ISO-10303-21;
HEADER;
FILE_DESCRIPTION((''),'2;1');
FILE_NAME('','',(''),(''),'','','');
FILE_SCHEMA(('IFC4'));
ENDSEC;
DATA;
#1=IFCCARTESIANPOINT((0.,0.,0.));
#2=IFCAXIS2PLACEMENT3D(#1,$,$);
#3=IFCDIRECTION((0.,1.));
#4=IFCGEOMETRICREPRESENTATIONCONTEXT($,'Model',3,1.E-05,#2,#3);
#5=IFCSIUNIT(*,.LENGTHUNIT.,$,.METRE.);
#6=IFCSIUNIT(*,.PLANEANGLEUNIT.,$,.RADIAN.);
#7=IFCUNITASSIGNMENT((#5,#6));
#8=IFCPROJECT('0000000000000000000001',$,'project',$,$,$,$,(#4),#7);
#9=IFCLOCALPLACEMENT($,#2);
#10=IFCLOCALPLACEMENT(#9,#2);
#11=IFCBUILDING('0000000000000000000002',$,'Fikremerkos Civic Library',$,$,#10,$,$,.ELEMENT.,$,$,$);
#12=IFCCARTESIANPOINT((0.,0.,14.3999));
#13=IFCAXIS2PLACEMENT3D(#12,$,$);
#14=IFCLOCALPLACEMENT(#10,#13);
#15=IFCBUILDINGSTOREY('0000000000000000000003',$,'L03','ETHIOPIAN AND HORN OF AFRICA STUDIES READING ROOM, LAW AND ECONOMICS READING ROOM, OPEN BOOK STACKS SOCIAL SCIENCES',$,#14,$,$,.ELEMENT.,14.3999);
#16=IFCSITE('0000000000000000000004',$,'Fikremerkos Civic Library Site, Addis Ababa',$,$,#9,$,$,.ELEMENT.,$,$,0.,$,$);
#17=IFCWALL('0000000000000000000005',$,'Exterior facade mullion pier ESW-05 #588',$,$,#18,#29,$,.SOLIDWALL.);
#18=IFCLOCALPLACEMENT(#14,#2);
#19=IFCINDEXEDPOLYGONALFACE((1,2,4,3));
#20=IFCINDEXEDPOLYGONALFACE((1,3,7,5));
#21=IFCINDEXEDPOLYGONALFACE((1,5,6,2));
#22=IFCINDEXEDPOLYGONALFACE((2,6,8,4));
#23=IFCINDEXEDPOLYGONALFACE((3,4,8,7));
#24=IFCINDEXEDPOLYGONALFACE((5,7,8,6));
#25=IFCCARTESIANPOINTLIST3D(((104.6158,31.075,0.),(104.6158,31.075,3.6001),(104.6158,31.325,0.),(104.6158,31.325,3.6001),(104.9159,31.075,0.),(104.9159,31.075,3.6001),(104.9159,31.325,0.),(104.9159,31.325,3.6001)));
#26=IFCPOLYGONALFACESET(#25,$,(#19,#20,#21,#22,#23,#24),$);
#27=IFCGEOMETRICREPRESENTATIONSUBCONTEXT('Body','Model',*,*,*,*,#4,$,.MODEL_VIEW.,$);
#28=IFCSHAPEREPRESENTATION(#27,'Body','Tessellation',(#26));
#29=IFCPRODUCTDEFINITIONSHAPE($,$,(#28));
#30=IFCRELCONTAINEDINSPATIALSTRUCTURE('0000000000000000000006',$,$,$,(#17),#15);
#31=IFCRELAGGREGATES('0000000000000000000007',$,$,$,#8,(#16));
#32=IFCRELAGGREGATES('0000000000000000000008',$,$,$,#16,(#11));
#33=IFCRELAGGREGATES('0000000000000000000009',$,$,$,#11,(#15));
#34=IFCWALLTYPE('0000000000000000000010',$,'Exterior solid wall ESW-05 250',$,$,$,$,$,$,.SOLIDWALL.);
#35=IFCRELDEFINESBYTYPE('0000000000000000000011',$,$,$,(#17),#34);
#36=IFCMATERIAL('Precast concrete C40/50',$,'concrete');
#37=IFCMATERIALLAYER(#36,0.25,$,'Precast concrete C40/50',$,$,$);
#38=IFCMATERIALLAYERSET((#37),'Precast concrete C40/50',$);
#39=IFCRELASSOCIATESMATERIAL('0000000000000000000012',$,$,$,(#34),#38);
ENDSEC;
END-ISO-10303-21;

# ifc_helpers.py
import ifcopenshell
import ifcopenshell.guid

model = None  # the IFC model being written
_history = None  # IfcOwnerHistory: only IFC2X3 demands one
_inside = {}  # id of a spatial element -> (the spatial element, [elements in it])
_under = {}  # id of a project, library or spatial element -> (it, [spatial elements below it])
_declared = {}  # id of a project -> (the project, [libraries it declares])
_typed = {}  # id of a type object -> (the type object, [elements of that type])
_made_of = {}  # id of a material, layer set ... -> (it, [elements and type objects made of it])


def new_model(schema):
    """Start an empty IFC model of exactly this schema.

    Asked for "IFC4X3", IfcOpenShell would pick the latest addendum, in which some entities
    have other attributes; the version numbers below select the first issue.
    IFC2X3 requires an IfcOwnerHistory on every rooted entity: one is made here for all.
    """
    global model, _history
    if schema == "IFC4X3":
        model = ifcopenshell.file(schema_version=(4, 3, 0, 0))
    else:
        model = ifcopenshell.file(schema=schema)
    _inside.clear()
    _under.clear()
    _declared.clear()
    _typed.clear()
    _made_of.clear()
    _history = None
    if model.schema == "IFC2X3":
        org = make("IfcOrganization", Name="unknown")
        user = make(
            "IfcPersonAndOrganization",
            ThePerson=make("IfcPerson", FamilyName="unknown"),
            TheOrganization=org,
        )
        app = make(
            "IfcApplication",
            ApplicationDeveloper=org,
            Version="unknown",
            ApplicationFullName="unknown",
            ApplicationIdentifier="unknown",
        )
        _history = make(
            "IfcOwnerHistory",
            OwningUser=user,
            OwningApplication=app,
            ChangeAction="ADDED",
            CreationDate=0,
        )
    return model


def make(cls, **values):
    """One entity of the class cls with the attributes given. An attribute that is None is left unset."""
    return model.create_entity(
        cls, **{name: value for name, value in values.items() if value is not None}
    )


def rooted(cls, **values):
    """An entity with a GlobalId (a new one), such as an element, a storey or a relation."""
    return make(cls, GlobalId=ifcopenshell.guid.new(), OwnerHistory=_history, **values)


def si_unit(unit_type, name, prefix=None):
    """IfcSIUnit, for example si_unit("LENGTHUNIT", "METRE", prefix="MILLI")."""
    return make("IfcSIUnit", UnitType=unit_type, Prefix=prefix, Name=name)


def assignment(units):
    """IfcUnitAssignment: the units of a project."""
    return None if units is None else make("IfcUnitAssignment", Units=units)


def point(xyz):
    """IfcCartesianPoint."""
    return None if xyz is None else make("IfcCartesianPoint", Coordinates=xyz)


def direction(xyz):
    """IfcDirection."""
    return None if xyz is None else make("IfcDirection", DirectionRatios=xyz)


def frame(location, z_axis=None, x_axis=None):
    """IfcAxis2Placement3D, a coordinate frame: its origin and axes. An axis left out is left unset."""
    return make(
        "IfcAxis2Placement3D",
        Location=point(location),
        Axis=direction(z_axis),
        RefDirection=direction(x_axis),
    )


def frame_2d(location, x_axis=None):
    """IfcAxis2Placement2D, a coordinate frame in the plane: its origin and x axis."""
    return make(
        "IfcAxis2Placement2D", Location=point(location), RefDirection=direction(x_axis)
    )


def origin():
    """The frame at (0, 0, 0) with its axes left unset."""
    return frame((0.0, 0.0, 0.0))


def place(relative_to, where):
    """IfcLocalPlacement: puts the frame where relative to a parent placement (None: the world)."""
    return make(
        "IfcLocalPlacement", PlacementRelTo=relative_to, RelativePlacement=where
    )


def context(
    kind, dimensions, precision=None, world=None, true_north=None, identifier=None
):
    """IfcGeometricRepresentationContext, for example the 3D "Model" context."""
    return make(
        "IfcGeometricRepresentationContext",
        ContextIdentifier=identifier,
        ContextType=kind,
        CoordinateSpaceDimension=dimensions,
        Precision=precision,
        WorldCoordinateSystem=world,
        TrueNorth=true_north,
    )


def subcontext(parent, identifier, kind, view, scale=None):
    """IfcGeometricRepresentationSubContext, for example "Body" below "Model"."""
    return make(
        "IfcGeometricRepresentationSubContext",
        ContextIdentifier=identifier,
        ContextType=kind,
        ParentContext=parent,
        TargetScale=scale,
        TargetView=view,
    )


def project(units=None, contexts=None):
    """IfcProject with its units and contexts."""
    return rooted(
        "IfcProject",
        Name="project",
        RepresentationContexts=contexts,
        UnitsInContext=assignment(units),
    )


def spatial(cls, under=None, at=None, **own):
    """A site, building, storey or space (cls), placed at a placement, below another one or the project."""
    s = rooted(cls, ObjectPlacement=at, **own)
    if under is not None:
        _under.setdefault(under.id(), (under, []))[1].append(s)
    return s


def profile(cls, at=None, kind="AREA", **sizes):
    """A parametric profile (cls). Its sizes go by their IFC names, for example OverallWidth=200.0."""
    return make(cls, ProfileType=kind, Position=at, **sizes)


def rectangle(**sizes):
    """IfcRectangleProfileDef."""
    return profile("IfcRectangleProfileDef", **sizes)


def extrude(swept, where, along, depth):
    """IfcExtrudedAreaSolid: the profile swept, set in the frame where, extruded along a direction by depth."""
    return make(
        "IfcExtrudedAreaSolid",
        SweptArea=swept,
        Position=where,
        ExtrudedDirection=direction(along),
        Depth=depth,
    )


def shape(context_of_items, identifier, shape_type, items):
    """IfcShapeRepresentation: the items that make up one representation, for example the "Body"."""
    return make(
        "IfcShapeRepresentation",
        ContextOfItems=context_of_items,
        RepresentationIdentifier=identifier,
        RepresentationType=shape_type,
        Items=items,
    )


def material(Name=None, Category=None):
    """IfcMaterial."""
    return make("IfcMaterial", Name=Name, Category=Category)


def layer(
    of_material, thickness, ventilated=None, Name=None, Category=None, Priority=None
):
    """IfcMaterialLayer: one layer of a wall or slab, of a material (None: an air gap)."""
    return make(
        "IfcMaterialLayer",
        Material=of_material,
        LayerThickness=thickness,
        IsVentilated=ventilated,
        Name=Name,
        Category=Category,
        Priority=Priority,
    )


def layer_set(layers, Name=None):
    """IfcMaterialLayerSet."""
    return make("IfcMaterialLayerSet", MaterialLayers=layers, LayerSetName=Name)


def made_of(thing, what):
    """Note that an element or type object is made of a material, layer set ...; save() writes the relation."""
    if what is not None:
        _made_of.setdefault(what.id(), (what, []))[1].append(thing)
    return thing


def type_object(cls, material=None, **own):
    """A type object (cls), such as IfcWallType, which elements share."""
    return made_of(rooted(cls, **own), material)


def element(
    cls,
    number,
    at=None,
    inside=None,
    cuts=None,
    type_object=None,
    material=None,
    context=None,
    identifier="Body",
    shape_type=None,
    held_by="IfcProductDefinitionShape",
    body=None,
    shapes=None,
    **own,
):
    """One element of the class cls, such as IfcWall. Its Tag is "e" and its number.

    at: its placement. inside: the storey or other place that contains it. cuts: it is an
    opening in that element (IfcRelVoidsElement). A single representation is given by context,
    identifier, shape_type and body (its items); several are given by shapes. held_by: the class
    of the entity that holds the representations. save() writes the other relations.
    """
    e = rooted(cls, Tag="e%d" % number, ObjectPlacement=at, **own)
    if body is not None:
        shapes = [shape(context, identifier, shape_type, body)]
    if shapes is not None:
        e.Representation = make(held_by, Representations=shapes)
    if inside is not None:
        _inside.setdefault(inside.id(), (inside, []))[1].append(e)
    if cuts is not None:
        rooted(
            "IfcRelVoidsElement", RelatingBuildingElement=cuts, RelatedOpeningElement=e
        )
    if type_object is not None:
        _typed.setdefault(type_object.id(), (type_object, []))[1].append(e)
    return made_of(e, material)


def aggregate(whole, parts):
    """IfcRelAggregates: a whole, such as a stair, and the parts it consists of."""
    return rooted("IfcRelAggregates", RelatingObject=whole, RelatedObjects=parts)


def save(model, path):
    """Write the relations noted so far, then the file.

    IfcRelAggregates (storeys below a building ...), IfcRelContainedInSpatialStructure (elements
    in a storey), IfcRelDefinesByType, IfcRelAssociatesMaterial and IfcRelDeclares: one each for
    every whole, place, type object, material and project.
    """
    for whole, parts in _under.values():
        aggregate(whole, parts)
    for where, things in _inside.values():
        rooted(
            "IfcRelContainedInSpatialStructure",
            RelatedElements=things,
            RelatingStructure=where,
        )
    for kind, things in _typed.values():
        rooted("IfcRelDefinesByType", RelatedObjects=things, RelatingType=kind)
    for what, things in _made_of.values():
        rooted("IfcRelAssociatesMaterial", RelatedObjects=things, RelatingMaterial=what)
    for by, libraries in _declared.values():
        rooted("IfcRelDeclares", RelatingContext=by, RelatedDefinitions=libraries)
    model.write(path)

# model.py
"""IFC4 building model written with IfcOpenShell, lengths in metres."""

from ifc_helpers import new_model, si_unit, direction, frame, frame_2d, origin, place, context, subcontext, project, spatial, rectangle, extrude, material, layer, layer_set, type_object, element, save


model = new_model("IFC4")

# Units and contexts
model_context = context("Model", 3, precision=1e-05, world=origin(), true_north=direction((0.0, 1.0)))
body_context = subcontext(model_context, "Body", "Model", "MODEL_VIEW")
ifc_project = project(units=[si_unit("LENGTHUNIT", "METRE"), si_unit("PLANEANGLEUNIT", "RADIAN")], contexts=[model_context])

# Site, building, storey
site_placement = place(None, origin())
site = spatial("IfcSite", under=ifc_project, at=site_placement, Name="Fikremerkos Civic Library Site, Addis Ababa", CompositionType="ELEMENT", RefElevation=0.0)
building_placement = place(site_placement, origin())
building = spatial("IfcBuilding", under=site, at=building_placement, Name="Fikremerkos Civic Library", CompositionType="ELEMENT")
storey_placement = place(building_placement, frame((0.0, 0.0, 14.3999)))
storey = spatial("IfcBuildingStorey", under=building, at=storey_placement, Name="L03", Description="ETHIOPIAN AND HORN OF AFRICA STUDIES READING ROOM, LAW AND ECONOMICS READING ROOM, OPEN BOOK STACKS SOCIAL SCIENCES", CompositionType="ELEMENT", Elevation=14.3999)

# Wall
ifc_material_1 = material(Name="Precast concrete C40/50", Category="concrete")
ifc_layer_1 = layer(ifc_material_1, 0.25, Name="Precast concrete C40/50")
ifc_layer_set_1 = layer_set([ifc_layer_1], Name="Precast concrete C40/50")
wall_type = type_object("IfcWallType", Name="Exterior solid wall ESW-05 250", PredefinedType="SOLIDWALL", material=ifc_layer_set_1)
wall_placement = place(storey_placement, frame((104.616, 31.2, 0.0), z_axis=(0.0, 0.0, 1.0), x_axis=(1.0, 0.0, 0.0)))
element("IfcWall", 1, at=wall_placement, inside=storey, type_object=wall_type, Name="Exterior facade mullion pier ESW-05 #588", PredefinedType="SOLIDWALL", context=body_context, shape_type="SweptSolid", body=[
    extrude(rectangle(XDim=0.3, YDim=0.25, at=frame_2d((0.1499, 0.0))), origin(), (0.0, 0.0, 1.0), 3.6001),
])

save(model, "model.ifc")
